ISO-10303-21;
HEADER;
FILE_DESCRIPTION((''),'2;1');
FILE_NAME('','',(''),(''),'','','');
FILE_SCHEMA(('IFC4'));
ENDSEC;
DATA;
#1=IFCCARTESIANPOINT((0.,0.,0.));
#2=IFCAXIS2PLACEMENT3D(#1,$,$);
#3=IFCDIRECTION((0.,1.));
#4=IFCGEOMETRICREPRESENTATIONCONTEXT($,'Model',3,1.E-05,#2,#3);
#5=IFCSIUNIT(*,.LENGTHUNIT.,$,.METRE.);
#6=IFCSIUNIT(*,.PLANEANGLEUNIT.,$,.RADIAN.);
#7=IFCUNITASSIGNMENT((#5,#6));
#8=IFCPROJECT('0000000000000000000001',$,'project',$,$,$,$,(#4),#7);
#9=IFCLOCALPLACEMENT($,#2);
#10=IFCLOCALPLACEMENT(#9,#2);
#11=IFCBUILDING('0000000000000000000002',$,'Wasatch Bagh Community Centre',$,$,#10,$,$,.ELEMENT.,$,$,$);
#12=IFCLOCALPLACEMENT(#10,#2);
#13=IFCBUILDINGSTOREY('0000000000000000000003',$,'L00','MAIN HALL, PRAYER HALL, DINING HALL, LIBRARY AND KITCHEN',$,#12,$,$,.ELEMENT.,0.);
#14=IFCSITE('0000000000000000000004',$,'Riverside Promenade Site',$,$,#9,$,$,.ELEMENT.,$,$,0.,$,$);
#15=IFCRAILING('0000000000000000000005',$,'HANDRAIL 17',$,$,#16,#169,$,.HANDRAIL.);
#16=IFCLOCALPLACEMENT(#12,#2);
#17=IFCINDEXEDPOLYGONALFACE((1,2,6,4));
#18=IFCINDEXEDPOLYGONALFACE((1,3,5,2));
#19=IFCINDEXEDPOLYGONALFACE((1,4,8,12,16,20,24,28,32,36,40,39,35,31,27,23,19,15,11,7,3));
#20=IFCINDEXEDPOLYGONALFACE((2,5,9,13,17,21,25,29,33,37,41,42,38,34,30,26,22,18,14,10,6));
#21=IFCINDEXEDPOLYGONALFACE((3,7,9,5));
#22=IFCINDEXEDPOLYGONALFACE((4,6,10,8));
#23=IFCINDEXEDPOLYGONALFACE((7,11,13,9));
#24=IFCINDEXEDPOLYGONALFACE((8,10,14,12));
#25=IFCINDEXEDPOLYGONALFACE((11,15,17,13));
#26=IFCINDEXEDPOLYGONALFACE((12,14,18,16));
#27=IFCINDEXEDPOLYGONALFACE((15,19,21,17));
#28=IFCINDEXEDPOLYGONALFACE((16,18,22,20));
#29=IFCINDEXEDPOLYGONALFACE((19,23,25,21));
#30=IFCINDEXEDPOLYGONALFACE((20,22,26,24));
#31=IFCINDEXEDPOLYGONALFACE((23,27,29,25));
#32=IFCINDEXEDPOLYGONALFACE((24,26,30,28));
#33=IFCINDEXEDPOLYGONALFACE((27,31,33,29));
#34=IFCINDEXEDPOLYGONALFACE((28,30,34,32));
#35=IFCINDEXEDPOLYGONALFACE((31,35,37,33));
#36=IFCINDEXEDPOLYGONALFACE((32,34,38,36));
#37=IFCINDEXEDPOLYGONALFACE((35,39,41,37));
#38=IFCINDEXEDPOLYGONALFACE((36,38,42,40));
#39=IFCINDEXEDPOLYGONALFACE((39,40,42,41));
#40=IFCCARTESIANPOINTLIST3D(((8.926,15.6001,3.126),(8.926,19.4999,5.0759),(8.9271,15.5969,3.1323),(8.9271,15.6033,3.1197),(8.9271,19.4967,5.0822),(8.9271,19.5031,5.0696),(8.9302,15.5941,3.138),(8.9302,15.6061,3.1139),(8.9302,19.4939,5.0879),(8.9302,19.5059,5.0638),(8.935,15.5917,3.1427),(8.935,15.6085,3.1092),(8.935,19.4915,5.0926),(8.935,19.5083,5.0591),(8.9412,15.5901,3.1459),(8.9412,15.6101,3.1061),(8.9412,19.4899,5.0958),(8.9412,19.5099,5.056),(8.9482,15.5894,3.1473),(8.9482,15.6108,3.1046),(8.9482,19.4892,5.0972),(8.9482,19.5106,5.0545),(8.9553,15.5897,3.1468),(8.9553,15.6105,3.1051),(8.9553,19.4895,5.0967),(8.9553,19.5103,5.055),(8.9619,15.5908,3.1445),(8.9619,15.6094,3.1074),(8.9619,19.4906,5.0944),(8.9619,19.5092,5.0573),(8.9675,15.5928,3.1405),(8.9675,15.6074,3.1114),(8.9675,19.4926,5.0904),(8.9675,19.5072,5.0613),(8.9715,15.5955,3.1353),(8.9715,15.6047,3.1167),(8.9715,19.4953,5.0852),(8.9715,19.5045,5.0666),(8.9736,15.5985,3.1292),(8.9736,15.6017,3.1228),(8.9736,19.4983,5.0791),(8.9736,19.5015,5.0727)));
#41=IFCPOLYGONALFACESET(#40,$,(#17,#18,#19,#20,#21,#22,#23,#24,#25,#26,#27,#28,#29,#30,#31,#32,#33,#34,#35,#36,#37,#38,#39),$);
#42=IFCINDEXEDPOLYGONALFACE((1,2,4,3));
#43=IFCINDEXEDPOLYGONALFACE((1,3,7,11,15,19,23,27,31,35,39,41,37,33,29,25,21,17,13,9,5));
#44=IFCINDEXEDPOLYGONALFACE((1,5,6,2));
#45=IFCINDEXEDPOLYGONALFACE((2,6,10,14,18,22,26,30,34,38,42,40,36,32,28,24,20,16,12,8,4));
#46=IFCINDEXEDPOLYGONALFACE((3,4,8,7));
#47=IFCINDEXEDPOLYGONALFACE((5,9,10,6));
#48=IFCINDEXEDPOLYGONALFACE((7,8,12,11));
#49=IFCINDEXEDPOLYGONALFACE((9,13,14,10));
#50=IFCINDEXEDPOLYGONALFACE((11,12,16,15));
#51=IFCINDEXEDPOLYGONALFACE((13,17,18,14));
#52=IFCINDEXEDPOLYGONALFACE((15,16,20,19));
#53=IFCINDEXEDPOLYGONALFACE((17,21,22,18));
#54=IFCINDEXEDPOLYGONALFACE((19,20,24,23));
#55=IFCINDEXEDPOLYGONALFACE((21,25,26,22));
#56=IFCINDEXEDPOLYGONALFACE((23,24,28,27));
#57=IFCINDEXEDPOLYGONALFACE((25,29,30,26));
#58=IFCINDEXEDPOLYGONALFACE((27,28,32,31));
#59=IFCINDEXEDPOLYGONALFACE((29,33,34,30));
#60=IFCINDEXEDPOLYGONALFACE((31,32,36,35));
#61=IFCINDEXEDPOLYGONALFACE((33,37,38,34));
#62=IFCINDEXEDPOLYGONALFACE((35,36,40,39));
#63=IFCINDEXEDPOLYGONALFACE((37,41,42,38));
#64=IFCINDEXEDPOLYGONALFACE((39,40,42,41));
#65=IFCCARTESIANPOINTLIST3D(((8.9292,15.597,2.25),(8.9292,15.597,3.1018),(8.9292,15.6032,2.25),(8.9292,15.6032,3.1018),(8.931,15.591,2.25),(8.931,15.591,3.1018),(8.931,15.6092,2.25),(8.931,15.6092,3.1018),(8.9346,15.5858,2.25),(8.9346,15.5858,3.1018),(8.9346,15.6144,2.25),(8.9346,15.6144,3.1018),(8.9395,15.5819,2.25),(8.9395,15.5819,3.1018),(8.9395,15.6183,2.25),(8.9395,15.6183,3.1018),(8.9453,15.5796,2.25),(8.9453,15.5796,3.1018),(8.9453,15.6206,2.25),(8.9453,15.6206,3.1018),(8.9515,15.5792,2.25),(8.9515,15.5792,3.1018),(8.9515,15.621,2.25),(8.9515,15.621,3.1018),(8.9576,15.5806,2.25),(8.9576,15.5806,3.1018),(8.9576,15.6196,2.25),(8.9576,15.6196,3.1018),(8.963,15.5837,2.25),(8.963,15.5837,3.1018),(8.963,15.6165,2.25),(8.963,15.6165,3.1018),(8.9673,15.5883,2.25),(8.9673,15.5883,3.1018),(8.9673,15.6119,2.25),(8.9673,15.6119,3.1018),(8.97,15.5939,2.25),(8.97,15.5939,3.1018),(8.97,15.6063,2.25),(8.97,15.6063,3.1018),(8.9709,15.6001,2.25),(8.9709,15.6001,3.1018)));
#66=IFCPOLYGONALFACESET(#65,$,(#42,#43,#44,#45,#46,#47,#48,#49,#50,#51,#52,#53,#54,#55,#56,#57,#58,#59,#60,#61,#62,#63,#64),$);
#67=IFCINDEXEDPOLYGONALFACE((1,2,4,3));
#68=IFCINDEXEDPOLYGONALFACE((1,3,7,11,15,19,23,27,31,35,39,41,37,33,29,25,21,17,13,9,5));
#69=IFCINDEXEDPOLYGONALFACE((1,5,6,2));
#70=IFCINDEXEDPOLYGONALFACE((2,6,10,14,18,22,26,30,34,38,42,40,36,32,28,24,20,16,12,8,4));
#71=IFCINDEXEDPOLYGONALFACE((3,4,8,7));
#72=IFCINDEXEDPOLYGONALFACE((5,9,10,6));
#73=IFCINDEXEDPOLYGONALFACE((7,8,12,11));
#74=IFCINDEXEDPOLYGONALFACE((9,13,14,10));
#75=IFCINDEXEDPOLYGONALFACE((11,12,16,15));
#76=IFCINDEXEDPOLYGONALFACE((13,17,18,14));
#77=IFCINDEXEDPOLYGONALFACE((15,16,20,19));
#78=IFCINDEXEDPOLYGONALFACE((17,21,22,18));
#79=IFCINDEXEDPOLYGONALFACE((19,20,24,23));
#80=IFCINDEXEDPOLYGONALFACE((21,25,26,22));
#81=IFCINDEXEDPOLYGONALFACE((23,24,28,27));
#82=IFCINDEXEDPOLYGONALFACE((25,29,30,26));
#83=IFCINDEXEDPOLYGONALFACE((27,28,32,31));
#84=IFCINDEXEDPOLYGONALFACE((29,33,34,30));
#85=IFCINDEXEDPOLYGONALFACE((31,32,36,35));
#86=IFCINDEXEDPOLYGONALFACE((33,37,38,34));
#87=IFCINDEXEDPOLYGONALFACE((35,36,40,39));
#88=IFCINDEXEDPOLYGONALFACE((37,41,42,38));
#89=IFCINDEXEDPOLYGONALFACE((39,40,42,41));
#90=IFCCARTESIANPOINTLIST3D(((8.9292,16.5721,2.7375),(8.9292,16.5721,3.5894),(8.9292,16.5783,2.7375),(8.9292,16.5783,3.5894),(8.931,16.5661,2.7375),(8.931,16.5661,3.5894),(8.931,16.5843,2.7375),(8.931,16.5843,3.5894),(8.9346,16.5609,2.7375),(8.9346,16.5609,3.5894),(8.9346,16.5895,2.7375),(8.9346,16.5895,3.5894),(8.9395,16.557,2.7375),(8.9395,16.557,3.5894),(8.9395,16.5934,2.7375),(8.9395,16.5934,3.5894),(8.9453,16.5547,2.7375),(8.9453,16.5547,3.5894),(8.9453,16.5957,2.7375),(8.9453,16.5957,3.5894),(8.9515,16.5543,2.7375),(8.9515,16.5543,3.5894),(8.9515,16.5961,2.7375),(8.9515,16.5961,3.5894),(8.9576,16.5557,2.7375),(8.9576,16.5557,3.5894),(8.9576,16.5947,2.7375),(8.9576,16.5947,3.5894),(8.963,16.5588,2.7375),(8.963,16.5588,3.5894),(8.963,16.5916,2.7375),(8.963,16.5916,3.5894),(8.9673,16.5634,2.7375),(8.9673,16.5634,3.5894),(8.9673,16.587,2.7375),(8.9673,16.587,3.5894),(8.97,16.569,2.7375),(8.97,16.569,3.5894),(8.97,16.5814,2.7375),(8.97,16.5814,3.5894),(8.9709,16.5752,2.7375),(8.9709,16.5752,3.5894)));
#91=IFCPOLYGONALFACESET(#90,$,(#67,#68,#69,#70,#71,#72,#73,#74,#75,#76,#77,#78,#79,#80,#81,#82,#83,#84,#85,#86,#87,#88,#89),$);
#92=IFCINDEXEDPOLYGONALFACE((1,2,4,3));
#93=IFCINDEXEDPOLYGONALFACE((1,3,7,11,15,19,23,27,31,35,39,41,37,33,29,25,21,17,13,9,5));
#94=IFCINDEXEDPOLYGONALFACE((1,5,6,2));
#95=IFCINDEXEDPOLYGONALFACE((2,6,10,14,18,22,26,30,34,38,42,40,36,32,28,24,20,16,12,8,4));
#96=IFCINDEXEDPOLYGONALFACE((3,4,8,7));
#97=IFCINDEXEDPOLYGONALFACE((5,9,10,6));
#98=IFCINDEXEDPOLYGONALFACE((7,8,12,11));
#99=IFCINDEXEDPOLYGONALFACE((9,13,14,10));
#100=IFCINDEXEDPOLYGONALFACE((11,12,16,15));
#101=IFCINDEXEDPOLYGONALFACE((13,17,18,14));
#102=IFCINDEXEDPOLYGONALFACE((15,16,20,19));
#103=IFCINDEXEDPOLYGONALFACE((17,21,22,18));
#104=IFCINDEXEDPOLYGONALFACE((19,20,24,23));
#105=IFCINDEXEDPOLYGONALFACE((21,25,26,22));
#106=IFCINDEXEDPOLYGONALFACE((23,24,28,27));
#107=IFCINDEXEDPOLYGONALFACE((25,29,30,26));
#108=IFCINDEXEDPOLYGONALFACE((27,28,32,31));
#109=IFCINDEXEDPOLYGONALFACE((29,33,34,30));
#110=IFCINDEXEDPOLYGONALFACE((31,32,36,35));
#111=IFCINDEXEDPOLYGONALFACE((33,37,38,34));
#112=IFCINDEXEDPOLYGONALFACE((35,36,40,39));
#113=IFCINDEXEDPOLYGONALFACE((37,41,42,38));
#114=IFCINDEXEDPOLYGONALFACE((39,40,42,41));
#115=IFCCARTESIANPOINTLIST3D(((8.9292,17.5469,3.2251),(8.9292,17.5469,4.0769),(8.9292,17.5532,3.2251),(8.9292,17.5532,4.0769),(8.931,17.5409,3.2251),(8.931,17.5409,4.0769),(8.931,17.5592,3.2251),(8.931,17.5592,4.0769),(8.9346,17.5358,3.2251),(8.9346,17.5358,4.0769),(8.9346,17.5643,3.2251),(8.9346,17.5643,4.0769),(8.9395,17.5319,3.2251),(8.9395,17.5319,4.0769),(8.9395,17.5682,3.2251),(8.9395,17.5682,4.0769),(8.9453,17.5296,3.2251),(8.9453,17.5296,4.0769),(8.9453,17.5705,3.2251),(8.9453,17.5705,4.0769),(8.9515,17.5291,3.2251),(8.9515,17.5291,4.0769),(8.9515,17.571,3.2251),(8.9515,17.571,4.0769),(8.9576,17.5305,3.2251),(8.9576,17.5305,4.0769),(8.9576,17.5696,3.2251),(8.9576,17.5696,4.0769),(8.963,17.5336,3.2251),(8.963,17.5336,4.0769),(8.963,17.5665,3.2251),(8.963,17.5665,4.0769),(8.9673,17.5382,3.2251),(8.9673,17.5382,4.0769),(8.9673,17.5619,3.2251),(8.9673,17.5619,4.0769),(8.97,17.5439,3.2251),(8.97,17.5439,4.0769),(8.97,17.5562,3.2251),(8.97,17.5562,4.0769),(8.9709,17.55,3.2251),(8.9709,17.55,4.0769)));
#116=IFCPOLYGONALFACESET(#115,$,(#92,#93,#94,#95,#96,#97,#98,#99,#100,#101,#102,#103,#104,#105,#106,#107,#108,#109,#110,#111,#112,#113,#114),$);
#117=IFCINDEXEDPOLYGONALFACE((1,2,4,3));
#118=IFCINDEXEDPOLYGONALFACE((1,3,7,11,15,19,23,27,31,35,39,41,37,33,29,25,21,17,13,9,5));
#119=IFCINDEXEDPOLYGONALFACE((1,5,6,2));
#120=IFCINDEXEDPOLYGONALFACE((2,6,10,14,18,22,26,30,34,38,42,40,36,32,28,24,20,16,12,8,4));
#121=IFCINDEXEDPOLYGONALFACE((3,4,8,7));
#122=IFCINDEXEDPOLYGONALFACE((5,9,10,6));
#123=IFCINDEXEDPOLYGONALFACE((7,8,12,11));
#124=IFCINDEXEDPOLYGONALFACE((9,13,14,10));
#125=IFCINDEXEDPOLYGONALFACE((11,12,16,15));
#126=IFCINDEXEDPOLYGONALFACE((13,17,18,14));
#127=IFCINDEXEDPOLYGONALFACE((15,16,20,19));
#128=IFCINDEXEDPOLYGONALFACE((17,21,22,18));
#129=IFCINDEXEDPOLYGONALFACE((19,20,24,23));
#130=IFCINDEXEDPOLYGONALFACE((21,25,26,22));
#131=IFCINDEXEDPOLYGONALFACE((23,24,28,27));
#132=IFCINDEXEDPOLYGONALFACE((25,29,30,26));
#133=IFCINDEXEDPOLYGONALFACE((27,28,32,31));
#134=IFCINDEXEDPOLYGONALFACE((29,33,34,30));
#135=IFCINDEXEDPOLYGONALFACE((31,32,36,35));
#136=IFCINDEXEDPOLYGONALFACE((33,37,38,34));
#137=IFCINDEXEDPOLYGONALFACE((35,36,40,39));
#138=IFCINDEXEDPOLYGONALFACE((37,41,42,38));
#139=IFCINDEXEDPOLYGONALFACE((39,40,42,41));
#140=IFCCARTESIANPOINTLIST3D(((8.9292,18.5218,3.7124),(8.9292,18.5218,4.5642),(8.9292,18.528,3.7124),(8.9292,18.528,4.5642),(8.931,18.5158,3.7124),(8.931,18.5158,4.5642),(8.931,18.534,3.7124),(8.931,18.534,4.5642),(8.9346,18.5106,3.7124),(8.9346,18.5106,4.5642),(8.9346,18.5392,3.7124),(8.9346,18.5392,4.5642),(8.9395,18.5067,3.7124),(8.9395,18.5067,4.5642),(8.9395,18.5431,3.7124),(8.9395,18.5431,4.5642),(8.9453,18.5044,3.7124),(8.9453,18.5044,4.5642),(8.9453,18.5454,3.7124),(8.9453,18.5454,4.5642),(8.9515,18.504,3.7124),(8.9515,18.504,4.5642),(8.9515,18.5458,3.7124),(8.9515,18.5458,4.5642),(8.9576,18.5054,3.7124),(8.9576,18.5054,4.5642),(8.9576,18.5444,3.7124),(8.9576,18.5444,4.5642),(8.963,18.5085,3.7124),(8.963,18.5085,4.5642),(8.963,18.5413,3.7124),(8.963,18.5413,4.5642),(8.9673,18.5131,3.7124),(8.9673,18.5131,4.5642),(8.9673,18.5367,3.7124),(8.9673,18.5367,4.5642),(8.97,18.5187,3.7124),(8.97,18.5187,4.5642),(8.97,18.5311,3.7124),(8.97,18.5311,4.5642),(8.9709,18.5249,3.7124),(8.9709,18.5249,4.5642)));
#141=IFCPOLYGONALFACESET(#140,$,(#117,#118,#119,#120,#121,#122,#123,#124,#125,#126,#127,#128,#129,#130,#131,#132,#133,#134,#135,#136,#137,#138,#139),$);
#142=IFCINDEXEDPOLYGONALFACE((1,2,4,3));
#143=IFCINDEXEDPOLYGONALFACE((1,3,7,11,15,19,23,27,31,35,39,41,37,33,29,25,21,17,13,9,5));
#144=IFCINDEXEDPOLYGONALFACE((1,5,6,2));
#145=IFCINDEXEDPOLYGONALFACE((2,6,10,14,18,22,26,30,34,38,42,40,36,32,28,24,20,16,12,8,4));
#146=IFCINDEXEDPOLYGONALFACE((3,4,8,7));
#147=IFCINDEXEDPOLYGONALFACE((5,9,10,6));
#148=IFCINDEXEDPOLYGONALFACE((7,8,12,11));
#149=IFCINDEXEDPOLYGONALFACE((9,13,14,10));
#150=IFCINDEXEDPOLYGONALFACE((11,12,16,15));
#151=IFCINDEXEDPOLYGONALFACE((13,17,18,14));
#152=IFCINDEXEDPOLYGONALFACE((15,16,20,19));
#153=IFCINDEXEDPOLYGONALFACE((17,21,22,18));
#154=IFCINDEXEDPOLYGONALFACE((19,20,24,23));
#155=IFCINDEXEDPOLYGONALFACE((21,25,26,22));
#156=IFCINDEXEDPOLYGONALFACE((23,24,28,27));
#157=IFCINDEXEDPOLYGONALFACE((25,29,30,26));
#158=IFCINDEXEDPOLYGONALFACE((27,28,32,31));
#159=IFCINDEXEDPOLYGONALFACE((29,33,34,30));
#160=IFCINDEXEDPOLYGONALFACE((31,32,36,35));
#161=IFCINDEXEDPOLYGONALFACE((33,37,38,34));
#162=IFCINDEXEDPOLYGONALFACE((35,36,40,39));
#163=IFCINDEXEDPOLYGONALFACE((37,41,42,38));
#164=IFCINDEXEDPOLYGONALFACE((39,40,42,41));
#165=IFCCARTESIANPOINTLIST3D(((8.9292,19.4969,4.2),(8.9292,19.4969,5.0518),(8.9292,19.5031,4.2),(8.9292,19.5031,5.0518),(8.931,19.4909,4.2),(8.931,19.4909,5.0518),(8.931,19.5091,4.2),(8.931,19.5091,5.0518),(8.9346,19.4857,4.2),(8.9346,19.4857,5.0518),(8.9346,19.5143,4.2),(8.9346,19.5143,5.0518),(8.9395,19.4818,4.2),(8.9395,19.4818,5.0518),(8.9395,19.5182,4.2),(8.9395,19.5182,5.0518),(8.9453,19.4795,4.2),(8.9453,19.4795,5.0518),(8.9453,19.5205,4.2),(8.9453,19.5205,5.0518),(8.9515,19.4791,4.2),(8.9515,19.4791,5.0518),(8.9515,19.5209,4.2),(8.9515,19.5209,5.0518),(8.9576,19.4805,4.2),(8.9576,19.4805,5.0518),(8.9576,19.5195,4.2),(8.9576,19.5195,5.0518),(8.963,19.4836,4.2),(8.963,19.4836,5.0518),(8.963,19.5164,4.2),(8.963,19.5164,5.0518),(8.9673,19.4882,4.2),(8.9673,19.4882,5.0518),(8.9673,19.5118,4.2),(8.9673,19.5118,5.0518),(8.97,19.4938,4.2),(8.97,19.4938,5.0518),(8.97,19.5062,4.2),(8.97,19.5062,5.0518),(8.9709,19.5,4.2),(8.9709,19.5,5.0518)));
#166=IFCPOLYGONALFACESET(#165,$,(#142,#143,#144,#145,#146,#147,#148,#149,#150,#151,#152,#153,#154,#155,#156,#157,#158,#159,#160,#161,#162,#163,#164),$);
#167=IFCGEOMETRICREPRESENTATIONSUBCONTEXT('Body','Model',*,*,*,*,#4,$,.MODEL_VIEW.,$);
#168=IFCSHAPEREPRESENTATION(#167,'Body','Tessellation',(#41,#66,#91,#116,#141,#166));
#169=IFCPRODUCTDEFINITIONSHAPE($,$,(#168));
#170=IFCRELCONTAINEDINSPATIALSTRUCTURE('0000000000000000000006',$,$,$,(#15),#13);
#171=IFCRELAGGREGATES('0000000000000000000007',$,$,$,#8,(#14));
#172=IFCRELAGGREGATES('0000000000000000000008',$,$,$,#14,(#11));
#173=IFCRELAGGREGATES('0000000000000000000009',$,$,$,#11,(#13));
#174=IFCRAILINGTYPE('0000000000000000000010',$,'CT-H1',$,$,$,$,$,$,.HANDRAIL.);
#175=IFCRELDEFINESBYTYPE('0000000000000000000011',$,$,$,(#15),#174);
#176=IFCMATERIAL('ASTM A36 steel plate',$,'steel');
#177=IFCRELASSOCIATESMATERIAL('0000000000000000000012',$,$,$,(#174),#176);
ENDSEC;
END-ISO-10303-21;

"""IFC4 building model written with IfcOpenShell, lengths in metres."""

from ifc_helpers import new_model, si_unit, direction, frame, origin, origin_2d, place, context, subcontext, project, spatial, circle, extrude, material, type_object, element, save


model = new_model("IFC4")

# Units and contexts
model_context = context("Model", 3, precision=1e-05, world=origin(), true_north=direction((0.0, 1.0)))
body_context = subcontext(model_context, "Body", "Model", "MODEL_VIEW")
ifc_project = project(units=[si_unit("LENGTHUNIT", "METRE"), si_unit("PLANEANGLEUNIT", "RADIAN")], contexts=[model_context])

# Site, building, storey
site_placement = place(None, origin())
site = spatial("IfcSite", under=ifc_project, at=site_placement, Name="Riverside Promenade Site", CompositionType="ELEMENT", RefElevation=0.0)
building_placement = place(site_placement, origin())
building = spatial("IfcBuilding", under=site, at=building_placement, Name="Wasatch Bagh Community Centre", CompositionType="ELEMENT")
storey_placement = place(building_placement, origin())
storey = spatial("IfcBuildingStorey", under=building, at=storey_placement, Name="L00", Description="MAIN HALL, PRAYER HALL, DINING HALL, LIBRARY AND KITCHEN", CompositionType="ELEMENT", Elevation=0.0)

# Railing
ifc_material_1 = material(Name="ASTM A36 steel plate", Category="steel")
railing_type_1 = type_object("IfcRailingType", Name="CT-H1", PredefinedType="HANDRAIL", material=ifc_material_1)
for number, where, name in (
    (1, (8.95, 15.6001, 2.25), "HANDRAIL 17"),
):
    element("IfcRailing", number, at=place(storey_placement, frame(where)), inside=storey, type_object=railing_type_1, Name=name, PredefinedType="HANDRAIL", context=body_context, shape_type="SweptSolid", body=[
        extrude(circle(Radius=0.0239, at=origin_2d()), frame((0.0, 0.0, 0.876), z_axis=(0.0, 0.894427, 0.447214), x_axis=(-1.0, 0.0, 0.0)), (0.0, 0.0, 1.0), 4.3601),
        extrude(circle(Radius=0.021, at=origin_2d()), origin(), (0.0, 0.0, 1.0), 0.8518),
        extrude(circle(Radius=0.021, at=origin_2d()), frame((0.0, 0.9751, 0.4875)), (0.0, 0.0, 1.0), 0.8518),
        extrude(circle(Radius=0.021, at=origin_2d()), frame((0.0, 1.95, 0.9751)), (0.0, 0.0, 1.0), 0.8518),
        extrude(circle(Radius=0.021, at=origin_2d()), frame((0.0, 2.9248, 1.4624)), (0.0, 0.0, 1.0), 0.8518),
        extrude(circle(Radius=0.021, at=origin_2d()), frame((0.0, 3.8999, 1.95)), (0.0, 0.0, 1.0), 0.8518),
    ])

save(model, "model.ifc")
